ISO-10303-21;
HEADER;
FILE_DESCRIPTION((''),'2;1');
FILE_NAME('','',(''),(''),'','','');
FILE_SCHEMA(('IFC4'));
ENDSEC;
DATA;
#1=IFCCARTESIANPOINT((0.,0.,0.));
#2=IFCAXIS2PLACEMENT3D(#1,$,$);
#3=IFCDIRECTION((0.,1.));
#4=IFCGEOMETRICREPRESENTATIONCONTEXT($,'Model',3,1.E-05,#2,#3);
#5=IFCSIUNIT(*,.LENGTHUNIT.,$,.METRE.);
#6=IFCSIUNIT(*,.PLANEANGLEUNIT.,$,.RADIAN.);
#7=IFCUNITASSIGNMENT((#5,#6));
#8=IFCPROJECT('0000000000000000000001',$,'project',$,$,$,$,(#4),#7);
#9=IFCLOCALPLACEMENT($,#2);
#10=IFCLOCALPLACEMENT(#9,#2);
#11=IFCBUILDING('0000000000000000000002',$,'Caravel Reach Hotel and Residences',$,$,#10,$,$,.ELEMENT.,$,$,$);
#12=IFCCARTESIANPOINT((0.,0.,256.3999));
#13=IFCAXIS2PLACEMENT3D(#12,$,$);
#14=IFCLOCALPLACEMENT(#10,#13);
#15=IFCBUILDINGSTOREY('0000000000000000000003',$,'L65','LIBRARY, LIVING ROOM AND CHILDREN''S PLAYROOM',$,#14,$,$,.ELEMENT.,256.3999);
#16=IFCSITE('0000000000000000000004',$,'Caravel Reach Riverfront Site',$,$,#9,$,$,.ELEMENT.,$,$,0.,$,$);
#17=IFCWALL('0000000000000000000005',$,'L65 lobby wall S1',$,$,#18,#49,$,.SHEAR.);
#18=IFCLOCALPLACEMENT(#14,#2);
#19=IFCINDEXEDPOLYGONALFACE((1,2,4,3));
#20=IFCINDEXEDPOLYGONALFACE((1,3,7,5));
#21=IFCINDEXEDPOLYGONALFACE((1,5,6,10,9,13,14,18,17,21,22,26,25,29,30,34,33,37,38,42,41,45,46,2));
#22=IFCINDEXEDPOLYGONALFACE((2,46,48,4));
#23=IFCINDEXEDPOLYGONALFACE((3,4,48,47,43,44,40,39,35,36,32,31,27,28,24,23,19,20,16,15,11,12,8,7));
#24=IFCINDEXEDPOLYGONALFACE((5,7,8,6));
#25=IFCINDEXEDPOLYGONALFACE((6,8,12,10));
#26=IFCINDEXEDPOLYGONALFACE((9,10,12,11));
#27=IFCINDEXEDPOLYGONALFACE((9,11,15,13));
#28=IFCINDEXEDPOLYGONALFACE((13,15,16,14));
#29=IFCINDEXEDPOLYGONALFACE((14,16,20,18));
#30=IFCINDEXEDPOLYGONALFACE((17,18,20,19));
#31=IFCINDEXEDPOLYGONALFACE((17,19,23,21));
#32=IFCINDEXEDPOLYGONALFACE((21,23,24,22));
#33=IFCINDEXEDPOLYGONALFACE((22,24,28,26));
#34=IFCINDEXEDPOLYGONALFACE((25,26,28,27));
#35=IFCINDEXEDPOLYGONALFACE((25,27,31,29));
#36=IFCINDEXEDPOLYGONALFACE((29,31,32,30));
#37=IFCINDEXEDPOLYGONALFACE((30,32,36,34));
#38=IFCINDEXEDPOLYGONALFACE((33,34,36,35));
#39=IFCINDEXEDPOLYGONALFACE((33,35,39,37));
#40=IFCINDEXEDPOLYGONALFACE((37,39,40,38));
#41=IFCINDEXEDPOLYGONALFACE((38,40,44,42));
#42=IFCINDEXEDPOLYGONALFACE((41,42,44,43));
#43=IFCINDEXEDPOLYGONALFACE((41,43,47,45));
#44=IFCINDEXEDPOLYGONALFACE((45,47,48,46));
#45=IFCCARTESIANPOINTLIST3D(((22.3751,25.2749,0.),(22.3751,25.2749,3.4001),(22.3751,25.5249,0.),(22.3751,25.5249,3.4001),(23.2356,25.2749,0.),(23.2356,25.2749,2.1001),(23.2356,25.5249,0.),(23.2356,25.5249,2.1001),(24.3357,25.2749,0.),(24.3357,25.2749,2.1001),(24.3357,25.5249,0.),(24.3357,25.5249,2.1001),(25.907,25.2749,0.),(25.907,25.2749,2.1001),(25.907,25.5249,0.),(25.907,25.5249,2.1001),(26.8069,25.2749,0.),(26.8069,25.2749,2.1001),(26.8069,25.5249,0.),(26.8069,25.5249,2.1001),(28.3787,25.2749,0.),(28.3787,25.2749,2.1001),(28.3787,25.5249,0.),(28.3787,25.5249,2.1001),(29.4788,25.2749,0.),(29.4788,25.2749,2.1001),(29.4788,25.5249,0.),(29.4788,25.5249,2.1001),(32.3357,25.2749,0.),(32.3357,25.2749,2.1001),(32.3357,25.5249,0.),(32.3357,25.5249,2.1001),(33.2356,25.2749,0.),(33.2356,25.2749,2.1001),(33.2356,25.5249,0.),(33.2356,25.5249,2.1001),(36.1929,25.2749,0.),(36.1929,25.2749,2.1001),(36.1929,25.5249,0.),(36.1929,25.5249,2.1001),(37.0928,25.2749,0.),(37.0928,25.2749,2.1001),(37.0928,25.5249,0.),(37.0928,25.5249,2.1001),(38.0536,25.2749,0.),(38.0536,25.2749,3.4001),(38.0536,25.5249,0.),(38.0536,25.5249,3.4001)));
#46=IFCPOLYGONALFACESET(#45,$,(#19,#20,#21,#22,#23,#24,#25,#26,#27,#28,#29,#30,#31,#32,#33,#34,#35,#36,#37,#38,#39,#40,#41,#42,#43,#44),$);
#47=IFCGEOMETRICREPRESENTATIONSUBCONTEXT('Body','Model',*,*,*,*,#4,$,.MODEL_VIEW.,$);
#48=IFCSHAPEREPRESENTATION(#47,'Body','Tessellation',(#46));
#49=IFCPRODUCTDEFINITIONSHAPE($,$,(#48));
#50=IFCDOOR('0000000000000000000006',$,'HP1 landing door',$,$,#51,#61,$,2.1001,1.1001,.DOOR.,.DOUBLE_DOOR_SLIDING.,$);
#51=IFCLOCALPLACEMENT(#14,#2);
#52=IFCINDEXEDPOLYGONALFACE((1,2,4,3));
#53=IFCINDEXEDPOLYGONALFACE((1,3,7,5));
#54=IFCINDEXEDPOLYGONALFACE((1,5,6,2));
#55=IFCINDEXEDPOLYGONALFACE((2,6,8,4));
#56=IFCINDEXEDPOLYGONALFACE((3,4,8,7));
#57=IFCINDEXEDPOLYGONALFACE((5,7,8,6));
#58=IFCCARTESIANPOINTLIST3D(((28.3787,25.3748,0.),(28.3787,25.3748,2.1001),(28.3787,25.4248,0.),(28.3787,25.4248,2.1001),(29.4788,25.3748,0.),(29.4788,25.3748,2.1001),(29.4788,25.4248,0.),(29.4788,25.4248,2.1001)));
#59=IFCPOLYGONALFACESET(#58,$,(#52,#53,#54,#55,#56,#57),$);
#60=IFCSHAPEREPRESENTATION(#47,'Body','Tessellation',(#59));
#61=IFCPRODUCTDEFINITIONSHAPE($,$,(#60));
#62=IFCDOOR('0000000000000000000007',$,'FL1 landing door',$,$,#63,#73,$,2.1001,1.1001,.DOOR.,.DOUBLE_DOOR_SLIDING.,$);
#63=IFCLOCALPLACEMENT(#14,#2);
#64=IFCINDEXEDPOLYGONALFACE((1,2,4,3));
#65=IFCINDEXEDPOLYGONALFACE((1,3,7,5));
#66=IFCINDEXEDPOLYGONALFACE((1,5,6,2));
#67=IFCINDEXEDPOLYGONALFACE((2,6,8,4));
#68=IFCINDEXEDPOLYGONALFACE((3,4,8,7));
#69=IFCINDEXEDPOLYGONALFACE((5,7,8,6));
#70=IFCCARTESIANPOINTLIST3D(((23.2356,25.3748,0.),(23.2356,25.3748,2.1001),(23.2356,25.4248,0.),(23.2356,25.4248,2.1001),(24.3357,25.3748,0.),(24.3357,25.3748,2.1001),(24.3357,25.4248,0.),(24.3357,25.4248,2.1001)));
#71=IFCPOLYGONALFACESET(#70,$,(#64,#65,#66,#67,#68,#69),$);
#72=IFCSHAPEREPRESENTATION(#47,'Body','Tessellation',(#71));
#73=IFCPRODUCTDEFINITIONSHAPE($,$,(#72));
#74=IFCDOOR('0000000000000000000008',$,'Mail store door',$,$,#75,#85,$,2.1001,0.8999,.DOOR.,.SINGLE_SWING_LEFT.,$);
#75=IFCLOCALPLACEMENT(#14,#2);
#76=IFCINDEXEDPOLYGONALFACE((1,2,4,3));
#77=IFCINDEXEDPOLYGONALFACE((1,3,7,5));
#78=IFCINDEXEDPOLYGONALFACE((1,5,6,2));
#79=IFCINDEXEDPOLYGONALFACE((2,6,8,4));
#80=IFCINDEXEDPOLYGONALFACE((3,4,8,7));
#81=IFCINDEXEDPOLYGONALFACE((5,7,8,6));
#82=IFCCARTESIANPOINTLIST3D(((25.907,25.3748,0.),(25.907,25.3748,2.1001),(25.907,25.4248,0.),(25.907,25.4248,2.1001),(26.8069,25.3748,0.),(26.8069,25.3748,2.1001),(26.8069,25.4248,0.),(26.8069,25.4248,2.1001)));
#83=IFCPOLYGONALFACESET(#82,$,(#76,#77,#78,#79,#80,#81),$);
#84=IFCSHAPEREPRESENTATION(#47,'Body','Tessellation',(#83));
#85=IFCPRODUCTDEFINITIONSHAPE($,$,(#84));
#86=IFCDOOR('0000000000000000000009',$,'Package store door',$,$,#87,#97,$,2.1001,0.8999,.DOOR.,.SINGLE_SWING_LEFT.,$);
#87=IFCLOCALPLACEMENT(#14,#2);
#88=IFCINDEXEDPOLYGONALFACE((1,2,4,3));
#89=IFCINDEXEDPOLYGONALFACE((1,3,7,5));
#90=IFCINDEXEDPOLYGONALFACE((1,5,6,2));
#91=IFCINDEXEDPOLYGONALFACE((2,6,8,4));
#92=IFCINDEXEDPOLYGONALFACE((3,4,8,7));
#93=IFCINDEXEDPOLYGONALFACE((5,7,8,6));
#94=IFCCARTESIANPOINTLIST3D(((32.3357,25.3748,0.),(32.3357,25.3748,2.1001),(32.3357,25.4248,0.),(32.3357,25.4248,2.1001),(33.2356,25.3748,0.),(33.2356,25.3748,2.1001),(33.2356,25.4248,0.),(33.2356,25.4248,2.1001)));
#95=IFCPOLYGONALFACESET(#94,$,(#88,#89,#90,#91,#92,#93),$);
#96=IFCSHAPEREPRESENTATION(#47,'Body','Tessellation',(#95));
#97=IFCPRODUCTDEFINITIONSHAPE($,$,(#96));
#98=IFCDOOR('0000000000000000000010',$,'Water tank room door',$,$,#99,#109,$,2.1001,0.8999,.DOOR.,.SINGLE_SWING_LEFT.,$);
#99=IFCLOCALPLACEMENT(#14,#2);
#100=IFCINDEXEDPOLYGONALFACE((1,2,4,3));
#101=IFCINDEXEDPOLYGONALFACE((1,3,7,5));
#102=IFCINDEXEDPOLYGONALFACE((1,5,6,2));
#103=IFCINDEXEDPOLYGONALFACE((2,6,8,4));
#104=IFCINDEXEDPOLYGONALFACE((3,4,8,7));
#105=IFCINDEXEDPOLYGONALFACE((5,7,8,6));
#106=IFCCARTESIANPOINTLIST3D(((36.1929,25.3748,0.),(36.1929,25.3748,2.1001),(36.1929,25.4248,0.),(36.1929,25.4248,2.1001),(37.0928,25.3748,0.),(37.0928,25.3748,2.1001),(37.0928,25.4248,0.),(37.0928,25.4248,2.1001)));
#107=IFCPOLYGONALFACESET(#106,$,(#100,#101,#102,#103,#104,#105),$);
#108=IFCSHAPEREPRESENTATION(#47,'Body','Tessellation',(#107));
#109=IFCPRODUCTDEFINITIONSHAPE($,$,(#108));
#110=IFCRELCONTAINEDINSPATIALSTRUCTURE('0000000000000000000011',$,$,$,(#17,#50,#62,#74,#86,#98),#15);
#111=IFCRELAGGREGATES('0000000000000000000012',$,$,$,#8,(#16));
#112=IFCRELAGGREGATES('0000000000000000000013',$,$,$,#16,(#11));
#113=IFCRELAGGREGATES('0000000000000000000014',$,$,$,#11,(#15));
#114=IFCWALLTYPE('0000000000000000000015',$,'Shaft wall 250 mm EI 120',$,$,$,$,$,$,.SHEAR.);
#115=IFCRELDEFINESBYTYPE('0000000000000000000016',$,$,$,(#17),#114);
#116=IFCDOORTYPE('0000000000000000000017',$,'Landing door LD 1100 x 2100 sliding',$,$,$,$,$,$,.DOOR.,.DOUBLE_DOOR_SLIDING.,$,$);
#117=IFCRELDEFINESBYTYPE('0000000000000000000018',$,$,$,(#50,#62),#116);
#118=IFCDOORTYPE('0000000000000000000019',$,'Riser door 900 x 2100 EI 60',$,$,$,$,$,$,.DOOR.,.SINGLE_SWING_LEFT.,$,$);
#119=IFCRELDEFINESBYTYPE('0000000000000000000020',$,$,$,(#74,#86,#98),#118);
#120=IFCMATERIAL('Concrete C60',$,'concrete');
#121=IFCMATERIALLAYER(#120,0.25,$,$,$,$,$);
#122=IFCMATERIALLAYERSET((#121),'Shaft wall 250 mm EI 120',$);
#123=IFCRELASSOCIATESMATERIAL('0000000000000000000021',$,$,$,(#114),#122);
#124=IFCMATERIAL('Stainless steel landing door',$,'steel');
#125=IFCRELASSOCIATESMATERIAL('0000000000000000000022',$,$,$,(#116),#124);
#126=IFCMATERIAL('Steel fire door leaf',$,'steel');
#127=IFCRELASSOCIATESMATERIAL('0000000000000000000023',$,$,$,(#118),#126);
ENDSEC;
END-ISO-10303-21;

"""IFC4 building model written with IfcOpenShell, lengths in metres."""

from ifc_helpers import new_model, si_unit, direction, frame, frame_2d, origin, place, context, subcontext, project, spatial, rectangle, extrude, material, layer, layer_set, type_object, element, fill, save


model = new_model("IFC4")

# Units and contexts
model_context = context("Model", 3, precision=1e-05, world=origin(), true_north=direction((0.0, 1.0)))
body_context = subcontext(model_context, "Body", "Model", "MODEL_VIEW")
ifc_project = project(units=[si_unit("LENGTHUNIT", "METRE"), si_unit("PLANEANGLEUNIT", "RADIAN")], contexts=[model_context])

# Site, building, storey
site_placement = place(None, origin())
site = spatial("IfcSite", under=ifc_project, at=site_placement, Name="Caravel Reach Riverfront Site", CompositionType="ELEMENT", RefElevation=0.0)
building_placement = place(site_placement, origin())
building = spatial("IfcBuilding", under=site, at=building_placement, Name="Caravel Reach Hotel and Residences", CompositionType="ELEMENT")
storey_placement = place(building_placement, frame((0.0, 0.0, 256.3999)))
storey = spatial("IfcBuildingStorey", under=building, at=storey_placement, Name="L65", Description="LIBRARY, LIVING ROOM AND CHILDREN'S PLAYROOM", CompositionType="ELEMENT", Elevation=256.3999)

# Wall, openings, doors
ifc_material_1 = material(Name="Concrete C60", Category="concrete")
ifc_layer_1 = layer(ifc_material_1, 0.25)
ifc_layer_set_1 = layer_set([ifc_layer_1], Name="Shaft wall 250 mm EI 120")
wall_type_1 = type_object("IfcWallType", Name="Shaft wall 250 mm EI 120", PredefinedType="SHEAR", material=ifc_layer_set_1)
wall_1_placement = place(storey_placement, frame((22.375, 25.3999, 0.0), z_axis=(0.0, 0.0, 1.0), x_axis=(1.0, 0.0, 0.0)))
wall_1 = element("IfcWall", 1, at=wall_1_placement, inside=storey, type_object=wall_type_1, Name="L65 lobby wall S1", PredefinedType="SHEAR", context=body_context, shape_type="SweptSolid", body=[
    extrude(rectangle(XDim=15.6785, YDim=0.25, at=frame_2d((7.8394, 0.0))), origin(), (0.0, 0.0, 1.0), 3.4001),
])
opening_1_placement = place(wall_1_placement, frame((6.0037, 0.0, 0.0)))
opening_1 = element("IfcOpeningElement", 2, at=opening_1_placement, cuts=wall_1, PredefinedType="OPENING", context=body_context, shape_type="SweptSolid", body=[
    extrude(rectangle(XDim=1.1001, YDim=2.1001, at=frame_2d((0.55, 1.05))), frame((0.0, 0.135, 0.0), z_axis=(0.0, -1.0, 0.0), x_axis=(1.0, 0.0, 0.0)), (0.0, 0.0, 1.0), 0.27),
])
opening_2_placement = place(wall_1_placement, frame((0.8606, 0.0, 0.0)))
opening_2 = element("IfcOpeningElement", 3, at=opening_2_placement, cuts=wall_1, PredefinedType="OPENING", context=body_context, shape_type="SweptSolid", body=[
    extrude(rectangle(XDim=1.1001, YDim=2.1001, at=frame_2d((0.55, 1.05))), frame((0.0, 0.135, 0.0), z_axis=(0.0, -1.0, 0.0), x_axis=(1.0, 0.0, 0.0)), (0.0, 0.0, 1.0), 0.27),
])
opening_3_placement = place(wall_1_placement, frame((3.532, 0.0, 0.0)))
opening_3 = element("IfcOpeningElement", 4, at=opening_3_placement, cuts=wall_1, PredefinedType="OPENING", context=body_context, shape_type="SweptSolid", body=[
    extrude(rectangle(XDim=0.8999, YDim=2.1001, at=frame_2d((0.45, 1.05))), frame((0.0, 0.135, 0.0), z_axis=(0.0, -1.0, 0.0), x_axis=(1.0, 0.0, 0.0)), (0.0, 0.0, 1.0), 0.27),
])
opening_4_placement = place(wall_1_placement, frame((9.9607, 0.0, 0.0)))
opening_4 = element("IfcOpeningElement", 5, at=opening_4_placement, cuts=wall_1, PredefinedType="OPENING", context=body_context, shape_type="SweptSolid", body=[
    extrude(rectangle(XDim=0.8999, YDim=2.1001, at=frame_2d((0.45, 1.05))), frame((0.0, 0.135, 0.0), z_axis=(0.0, -1.0, 0.0), x_axis=(1.0, 0.0, 0.0)), (0.0, 0.0, 1.0), 0.27),
])
opening_5_placement = place(wall_1_placement, frame((13.8179, 0.0, 0.0)))
opening_5 = element("IfcOpeningElement", 6, at=opening_5_placement, cuts=wall_1, PredefinedType="OPENING", context=body_context, shape_type="SweptSolid", body=[
    extrude(rectangle(XDim=0.8999, YDim=2.1001, at=frame_2d((0.45, 1.05))), frame((0.0, 0.135, 0.0), z_axis=(0.0, -1.0, 0.0), x_axis=(1.0, 0.0, 0.0)), (0.0, 0.0, 1.0), 0.27),
])
ifc_material_2 = material(Name="Stainless steel landing door", Category="steel")
door_type_1 = type_object("IfcDoorType", Name="Landing door LD 1100 x 2100 sliding", OperationType="DOUBLE_DOOR_SLIDING", PredefinedType="DOOR", material=ifc_material_2)
door_1_placement = place(opening_1_placement, origin())
door_1 = element("IfcDoor", 7, at=door_1_placement, inside=storey, type_object=door_type_1, Name="HP1 landing door", OperationType="DOUBLE_DOOR_SLIDING", OverallHeight=2.1001, OverallWidth=1.1001, PredefinedType="DOOR", context=body_context, shape_type="SweptSolid", body=[
    extrude(rectangle(XDim=1.1001, YDim=2.1001, at=frame_2d((0.55, 1.05))), frame((0.0, 0.0249, 0.0), z_axis=(0.0, -1.0, 0.0), x_axis=(1.0, 0.0, 0.0)), (0.0, 0.0, 1.0), 0.05),
])
fill(opening_1, door_1)
door_2_placement = place(opening_2_placement, origin())
door_2 = element("IfcDoor", 8, at=door_2_placement, inside=storey, type_object=door_type_1, Name="FL1 landing door", OperationType="DOUBLE_DOOR_SLIDING", OverallHeight=2.1001, OverallWidth=1.1001, PredefinedType="DOOR", context=body_context, shape_type="SweptSolid", body=[
    extrude(rectangle(XDim=1.1001, YDim=2.1001, at=frame_2d((0.55, 1.05))), frame((0.0, 0.0249, 0.0), z_axis=(0.0, -1.0, 0.0), x_axis=(1.0, 0.0, 0.0)), (0.0, 0.0, 1.0), 0.05),
])
fill(opening_2, door_2)
ifc_material_3 = material(Name="Steel fire door leaf", Category="steel")
door_type_2 = type_object("IfcDoorType", Name="Riser door 900 x 2100 EI 60", OperationType="SINGLE_SWING_LEFT", PredefinedType="DOOR", material=ifc_material_3)
door_3_placement = place(opening_3_placement, origin())
door_3 = element("IfcDoor", 9, at=door_3_placement, inside=storey, type_object=door_type_2, Name="Mail store door", OperationType="SINGLE_SWING_LEFT", OverallHeight=2.1001, OverallWidth=0.8999, PredefinedType="DOOR", context=body_context, shape_type="SweptSolid", body=[
    extrude(rectangle(XDim=0.8999, YDim=2.1001, at=frame_2d((0.45, 1.05))), frame((0.0, 0.0249, 0.0), z_axis=(0.0, -1.0, 0.0), x_axis=(1.0, 0.0, 0.0)), (0.0, 0.0, 1.0), 0.05),
])
fill(opening_3, door_3)
door_4_placement = place(opening_4_placement, origin())
door_4 = element("IfcDoor", 10, at=door_4_placement, inside=storey, type_object=door_type_2, Name="Package store door", OperationType="SINGLE_SWING_LEFT", OverallHeight=2.1001, OverallWidth=0.8999, PredefinedType="DOOR", context=body_context, shape_type="SweptSolid", body=[
    extrude(rectangle(XDim=0.8999, YDim=2.1001, at=frame_2d((0.45, 1.05))), frame((0.0, 0.0249, 0.0), z_axis=(0.0, -1.0, 0.0), x_axis=(1.0, 0.0, 0.0)), (0.0, 0.0, 1.0), 0.05),
])
fill(opening_4, door_4)
door_5_placement = place(opening_5_placement, origin())
door_5 = element("IfcDoor", 11, at=door_5_placement, inside=storey, type_object=door_type_2, Name="Water tank room door", OperationType="SINGLE_SWING_LEFT", OverallHeight=2.1001, OverallWidth=0.8999, PredefinedType="DOOR", context=body_context, shape_type="SweptSolid", body=[
    extrude(rectangle(XDim=0.8999, YDim=2.1001, at=frame_2d((0.45, 1.05))), frame((0.0, 0.0249, 0.0), z_axis=(0.0, -1.0, 0.0), x_axis=(1.0, 0.0, 0.0)), (0.0, 0.0, 1.0), 0.05),
])
fill(opening_5, door_5)

save(model, "model.ifc")
